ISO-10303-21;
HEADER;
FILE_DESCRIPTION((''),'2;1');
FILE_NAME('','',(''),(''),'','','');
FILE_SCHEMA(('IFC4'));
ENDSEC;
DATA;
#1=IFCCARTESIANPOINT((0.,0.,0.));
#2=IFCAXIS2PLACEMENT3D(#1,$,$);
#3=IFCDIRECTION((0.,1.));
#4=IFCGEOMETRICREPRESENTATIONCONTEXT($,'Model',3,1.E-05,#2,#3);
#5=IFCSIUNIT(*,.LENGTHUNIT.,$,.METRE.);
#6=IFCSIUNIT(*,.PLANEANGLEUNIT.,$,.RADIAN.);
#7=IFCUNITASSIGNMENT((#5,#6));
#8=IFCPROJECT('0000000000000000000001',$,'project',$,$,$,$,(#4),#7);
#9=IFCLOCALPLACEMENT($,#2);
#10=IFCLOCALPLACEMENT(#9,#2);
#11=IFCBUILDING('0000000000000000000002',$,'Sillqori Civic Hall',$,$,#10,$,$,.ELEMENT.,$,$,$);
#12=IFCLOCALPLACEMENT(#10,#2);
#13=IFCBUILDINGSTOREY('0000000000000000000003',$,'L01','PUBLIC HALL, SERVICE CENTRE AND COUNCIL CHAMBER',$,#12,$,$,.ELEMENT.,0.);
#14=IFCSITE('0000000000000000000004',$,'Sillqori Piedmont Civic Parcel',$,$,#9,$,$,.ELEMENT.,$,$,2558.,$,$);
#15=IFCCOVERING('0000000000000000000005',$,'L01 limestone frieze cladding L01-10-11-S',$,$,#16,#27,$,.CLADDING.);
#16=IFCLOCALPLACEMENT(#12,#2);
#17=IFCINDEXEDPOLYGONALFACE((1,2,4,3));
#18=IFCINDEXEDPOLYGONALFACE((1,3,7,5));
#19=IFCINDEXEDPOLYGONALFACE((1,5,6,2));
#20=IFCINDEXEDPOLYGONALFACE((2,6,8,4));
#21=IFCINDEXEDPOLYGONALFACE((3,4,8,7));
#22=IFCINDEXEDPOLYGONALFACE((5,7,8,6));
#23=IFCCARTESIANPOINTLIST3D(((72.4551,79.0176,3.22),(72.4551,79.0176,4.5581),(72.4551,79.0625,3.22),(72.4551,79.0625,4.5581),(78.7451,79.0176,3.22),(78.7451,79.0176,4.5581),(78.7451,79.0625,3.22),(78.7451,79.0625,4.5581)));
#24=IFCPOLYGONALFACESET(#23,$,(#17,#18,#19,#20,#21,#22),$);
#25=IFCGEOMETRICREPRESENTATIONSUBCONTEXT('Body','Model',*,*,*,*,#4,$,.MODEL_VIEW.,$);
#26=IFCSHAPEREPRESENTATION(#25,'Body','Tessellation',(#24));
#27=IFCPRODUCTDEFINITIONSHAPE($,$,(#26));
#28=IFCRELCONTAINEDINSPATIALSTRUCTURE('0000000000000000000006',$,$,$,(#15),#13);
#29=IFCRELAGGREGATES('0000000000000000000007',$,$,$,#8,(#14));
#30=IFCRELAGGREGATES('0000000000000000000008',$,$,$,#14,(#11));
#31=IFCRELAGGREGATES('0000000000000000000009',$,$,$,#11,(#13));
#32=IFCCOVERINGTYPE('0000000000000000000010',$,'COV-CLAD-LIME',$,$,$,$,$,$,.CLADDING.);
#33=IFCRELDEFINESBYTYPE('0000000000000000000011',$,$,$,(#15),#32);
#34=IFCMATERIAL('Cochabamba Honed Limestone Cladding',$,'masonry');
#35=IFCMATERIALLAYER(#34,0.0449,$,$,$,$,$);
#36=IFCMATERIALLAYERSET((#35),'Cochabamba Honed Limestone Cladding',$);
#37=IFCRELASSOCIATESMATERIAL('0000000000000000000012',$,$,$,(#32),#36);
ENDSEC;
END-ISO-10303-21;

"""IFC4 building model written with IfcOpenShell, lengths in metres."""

from ifc_helpers import new_model, si_unit, direction, frame, frame_2d, origin, place, context, subcontext, project, spatial, rectangle, extrude, material, layer, layer_set, type_object, element, save


model = new_model("IFC4")

# Units and contexts
model_context = context("Model", 3, precision=1e-05, world=origin(), true_north=direction((0.0, 1.0)))
body_context = subcontext(model_context, "Body", "Model", "MODEL_VIEW")
ifc_project = project(units=[si_unit("LENGTHUNIT", "METRE"), si_unit("PLANEANGLEUNIT", "RADIAN")], contexts=[model_context])

# Site, building, storey
site_placement = place(None, origin())
site = spatial("IfcSite", under=ifc_project, at=site_placement, Name="Sillqori Piedmont Civic Parcel", CompositionType="ELEMENT", RefElevation=2558.0)
building_placement = place(site_placement, origin())
building = spatial("IfcBuilding", under=site, at=building_placement, Name="Sillqori Civic Hall", CompositionType="ELEMENT")
storey_placement = place(building_placement, origin())
storey = spatial("IfcBuildingStorey", under=building, at=storey_placement, Name="L01", Description="PUBLIC HALL, SERVICE CENTRE AND COUNCIL CHAMBER", CompositionType="ELEMENT", Elevation=0.0)

# Covering
ifc_material_1 = material(Name="Cochabamba Honed Limestone Cladding", Category="masonry")
ifc_layer_1 = layer(ifc_material_1, 0.0449)
ifc_layer_set_1 = layer_set([ifc_layer_1], Name="Cochabamba Honed Limestone Cladding")
covering_type = type_object("IfcCoveringType", Name="COV-CLAD-LIME", PredefinedType="CLADDING", material=ifc_layer_set_1)
covering_1_placement = place(storey_placement, frame((78.7451, 79.04, 3.22), z_axis=(0.0, 0.0, 1.0), x_axis=(-1.0, 0.0, 0.0)))
element("IfcCovering", 1, at=covering_1_placement, inside=storey, type_object=covering_type, Name="L01 limestone frieze cladding L01-10-11-S", PredefinedType="CLADDING", context=body_context, shape_type="SweptSolid", body=[
    extrude(rectangle(XDim=6.29, YDim=0.0449, at=frame_2d((3.145, 0.0))), origin(), (0.0, 0.0, 1.0), 1.3381),
])

save(model, "model.ifc")
